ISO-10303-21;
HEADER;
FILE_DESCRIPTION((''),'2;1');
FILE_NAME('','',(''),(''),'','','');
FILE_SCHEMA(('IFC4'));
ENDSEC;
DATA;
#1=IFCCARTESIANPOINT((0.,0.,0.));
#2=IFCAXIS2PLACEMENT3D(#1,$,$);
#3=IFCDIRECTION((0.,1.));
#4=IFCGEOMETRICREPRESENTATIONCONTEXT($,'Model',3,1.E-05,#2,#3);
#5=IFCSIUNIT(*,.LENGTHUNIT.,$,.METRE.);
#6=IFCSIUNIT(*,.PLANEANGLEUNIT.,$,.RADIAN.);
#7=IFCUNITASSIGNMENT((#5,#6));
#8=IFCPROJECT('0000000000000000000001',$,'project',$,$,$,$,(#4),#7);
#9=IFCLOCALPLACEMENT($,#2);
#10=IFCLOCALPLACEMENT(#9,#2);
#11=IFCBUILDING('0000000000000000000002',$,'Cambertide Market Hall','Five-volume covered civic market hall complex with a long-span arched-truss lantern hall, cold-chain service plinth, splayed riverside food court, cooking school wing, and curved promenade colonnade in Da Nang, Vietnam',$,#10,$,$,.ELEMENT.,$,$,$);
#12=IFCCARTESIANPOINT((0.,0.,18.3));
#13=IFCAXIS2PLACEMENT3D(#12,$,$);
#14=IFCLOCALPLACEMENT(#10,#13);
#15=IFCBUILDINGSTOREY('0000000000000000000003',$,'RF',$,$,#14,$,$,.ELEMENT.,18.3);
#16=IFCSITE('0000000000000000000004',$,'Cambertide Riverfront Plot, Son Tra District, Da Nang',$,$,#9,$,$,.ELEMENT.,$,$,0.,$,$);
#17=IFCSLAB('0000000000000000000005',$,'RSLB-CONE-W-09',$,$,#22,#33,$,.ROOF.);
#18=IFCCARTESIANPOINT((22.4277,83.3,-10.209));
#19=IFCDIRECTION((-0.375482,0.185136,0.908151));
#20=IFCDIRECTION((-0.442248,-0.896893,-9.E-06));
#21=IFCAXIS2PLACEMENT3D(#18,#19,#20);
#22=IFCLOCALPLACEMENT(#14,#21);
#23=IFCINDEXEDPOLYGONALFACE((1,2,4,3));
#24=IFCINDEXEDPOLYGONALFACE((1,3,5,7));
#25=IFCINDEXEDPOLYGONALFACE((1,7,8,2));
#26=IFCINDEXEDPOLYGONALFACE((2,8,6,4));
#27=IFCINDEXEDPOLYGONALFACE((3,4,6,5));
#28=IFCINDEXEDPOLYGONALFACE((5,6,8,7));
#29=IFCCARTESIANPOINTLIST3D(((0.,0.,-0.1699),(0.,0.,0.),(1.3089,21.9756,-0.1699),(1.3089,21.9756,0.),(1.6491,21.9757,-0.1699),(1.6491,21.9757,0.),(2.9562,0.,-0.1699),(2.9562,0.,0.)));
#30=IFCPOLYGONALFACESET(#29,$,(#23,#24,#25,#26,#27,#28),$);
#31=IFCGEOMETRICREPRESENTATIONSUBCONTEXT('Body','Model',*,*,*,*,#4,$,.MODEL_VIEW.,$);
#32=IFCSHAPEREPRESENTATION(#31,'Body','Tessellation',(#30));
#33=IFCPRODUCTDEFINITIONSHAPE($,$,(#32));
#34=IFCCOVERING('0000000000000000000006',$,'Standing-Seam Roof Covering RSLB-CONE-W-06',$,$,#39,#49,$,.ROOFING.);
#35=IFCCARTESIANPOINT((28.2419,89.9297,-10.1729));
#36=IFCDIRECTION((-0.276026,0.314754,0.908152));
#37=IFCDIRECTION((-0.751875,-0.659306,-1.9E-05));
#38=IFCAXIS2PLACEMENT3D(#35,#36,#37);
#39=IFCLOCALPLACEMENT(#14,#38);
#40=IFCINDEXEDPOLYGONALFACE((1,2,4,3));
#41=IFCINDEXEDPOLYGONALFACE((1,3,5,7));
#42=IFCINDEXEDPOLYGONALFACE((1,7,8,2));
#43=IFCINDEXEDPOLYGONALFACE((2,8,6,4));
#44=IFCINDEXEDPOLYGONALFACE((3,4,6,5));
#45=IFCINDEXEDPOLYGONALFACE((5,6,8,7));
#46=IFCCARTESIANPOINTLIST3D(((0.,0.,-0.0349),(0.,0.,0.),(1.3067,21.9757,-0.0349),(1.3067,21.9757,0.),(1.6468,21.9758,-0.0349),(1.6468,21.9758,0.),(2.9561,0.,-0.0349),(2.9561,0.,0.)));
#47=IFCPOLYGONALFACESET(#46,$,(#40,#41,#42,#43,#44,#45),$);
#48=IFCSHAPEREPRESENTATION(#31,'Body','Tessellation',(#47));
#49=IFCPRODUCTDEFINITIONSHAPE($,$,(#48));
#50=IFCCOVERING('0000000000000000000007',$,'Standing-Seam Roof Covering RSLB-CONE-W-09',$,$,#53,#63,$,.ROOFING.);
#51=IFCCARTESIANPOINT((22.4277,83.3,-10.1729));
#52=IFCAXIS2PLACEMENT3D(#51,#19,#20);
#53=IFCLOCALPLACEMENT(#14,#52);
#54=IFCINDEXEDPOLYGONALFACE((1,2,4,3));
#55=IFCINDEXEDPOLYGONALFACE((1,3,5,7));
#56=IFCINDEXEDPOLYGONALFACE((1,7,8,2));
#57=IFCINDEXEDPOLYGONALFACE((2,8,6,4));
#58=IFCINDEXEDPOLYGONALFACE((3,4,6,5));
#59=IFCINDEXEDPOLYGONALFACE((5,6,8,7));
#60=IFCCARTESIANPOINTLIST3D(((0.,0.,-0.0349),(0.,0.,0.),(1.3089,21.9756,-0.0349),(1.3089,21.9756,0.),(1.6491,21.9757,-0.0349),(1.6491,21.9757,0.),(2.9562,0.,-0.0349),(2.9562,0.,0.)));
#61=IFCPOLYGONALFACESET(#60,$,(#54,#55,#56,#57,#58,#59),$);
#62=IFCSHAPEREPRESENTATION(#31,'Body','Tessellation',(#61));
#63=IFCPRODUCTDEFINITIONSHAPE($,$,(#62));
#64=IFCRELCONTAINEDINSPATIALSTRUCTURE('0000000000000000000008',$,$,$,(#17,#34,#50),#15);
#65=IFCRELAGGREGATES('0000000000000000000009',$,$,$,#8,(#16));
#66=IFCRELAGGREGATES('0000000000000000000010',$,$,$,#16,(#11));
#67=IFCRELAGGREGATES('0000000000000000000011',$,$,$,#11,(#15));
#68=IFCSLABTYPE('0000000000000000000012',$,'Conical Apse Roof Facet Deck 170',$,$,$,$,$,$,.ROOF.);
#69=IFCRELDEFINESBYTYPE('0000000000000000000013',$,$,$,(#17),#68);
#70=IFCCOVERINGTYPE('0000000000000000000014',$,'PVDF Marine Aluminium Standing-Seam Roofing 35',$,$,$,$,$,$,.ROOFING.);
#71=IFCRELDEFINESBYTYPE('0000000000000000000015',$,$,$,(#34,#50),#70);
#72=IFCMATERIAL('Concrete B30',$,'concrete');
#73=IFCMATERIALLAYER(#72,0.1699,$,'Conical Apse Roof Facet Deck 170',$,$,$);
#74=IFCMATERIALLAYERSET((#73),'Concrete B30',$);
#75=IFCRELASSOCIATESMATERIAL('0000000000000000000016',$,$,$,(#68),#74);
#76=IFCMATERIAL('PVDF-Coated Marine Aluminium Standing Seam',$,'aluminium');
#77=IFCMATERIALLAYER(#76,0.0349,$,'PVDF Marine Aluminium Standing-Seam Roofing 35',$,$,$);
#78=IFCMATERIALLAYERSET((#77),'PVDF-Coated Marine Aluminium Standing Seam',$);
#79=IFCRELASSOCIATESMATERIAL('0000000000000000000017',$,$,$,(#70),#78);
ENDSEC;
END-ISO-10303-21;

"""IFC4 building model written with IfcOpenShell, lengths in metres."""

from ifc_helpers import new_model, si_unit, direction, frame, origin, place, context, subcontext, project, spatial, polyline, outline, extrude, material, layer, layer_set, type_object, element, save


model = new_model("IFC4")

# Units and contexts
model_context = context("Model", 3, precision=1e-05, world=origin(), true_north=direction((0.0, 1.0)))
body_context = subcontext(model_context, "Body", "Model", "MODEL_VIEW")
ifc_project = project(units=[si_unit("LENGTHUNIT", "METRE"), si_unit("PLANEANGLEUNIT", "RADIAN")], contexts=[model_context])

# Site, building, storey
site_placement = place(None, origin())
site = spatial("IfcSite", under=ifc_project, at=site_placement, Name="Cambertide Riverfront Plot, Son Tra District, Da Nang", CompositionType="ELEMENT", RefElevation=0.0)
building_placement = place(site_placement, origin())
building = spatial("IfcBuilding", under=site, at=building_placement, Name="Cambertide Market Hall", Description="Five-volume covered civic market hall complex with a long-span arched-truss lantern hall, cold-chain service plinth, splayed riverside food court, cooking school wing, and curved promenade colonnade in Da Nang, Vietnam", CompositionType="ELEMENT")
storey_placement = place(building_placement, frame((0.0, 0.0, 18.3)))
storey = spatial("IfcBuildingStorey", under=building, at=storey_placement, Name="RF", CompositionType="ELEMENT", Elevation=18.3)

# Slab
ifc_material_1 = material(Name="Concrete B30", Category="concrete")
ifc_layer_1 = layer(ifc_material_1, 0.1699, Name="Conical Apse Roof Facet Deck 170")
ifc_layer_set_1 = layer_set([ifc_layer_1], Name="Concrete B30")
slab_type = type_object("IfcSlabType", Name="Conical Apse Roof Facet Deck 170", PredefinedType="ROOF", material=ifc_layer_set_1)
slab_1_placement = place(storey_placement, frame((22.4277, 83.3, -10.209), z_axis=(-0.375482, 0.185136, 0.908151), x_axis=(-0.442248, -0.896893, -0.000009)))
element("IfcSlab", 1, at=slab_1_placement, inside=storey, type_object=slab_type, Name="RSLB-CONE-W-09", PredefinedType="ROOF", context=body_context, shape_type="SweptSolid", body=[
    extrude(outline(polyline([(0.0, 0.0), (2.9562, 0.0), (1.6491, 21.9757), (1.3089, 21.9756), (0.0, 0.0)])), origin(), (0.0, 0.0, -1.0), 0.1699),
])

# Coverings
ifc_material_2 = material(Name="PVDF-Coated Marine Aluminium Standing Seam", Category="aluminium")
ifc_layer_2 = layer(ifc_material_2, 0.0349, Name="PVDF Marine Aluminium Standing-Seam Roofing 35")
ifc_layer_set_2 = layer_set([ifc_layer_2], Name="PVDF-Coated Marine Aluminium Standing Seam")
covering_type = type_object("IfcCoveringType", Name="PVDF Marine Aluminium Standing-Seam Roofing 35", PredefinedType="ROOFING", material=ifc_layer_set_2)
covering_1_placement = place(storey_placement, frame((28.2419, 89.9297, -10.1729), z_axis=(-0.276026, 0.314754, 0.908152), x_axis=(-0.751875, -0.659306, -0.000019)))
element("IfcCovering", 2, at=covering_1_placement, inside=storey, type_object=covering_type, Name="Standing-Seam Roof Covering RSLB-CONE-W-06", PredefinedType="ROOFING", context=body_context, shape_type="SweptSolid", body=[
    extrude(outline(polyline([(0.0, 0.0), (2.9561, 0.0), (1.6468, 21.9758), (1.3067, 21.9757), (0.0, 0.0)])), origin(), (0.0, 0.0, -1.0), 0.0349),
])
covering_2_placement = place(storey_placement, frame((22.4277, 83.3, -10.1729), z_axis=(-0.375482, 0.185136, 0.908151), x_axis=(-0.442248, -0.896893, -0.000009)))
element("IfcCovering", 3, at=covering_2_placement, inside=storey, type_object=covering_type, Name="Standing-Seam Roof Covering RSLB-CONE-W-09", PredefinedType="ROOFING", context=body_context, shape_type="SweptSolid", body=[
    extrude(outline(polyline([(0.0, 0.0), (2.9562, 0.0), (1.6491, 21.9757), (1.3089, 21.9756), (0.0, 0.0)])), origin(), (0.0, 0.0, -1.0), 0.0349),
])

save(model, "model.ifc")
